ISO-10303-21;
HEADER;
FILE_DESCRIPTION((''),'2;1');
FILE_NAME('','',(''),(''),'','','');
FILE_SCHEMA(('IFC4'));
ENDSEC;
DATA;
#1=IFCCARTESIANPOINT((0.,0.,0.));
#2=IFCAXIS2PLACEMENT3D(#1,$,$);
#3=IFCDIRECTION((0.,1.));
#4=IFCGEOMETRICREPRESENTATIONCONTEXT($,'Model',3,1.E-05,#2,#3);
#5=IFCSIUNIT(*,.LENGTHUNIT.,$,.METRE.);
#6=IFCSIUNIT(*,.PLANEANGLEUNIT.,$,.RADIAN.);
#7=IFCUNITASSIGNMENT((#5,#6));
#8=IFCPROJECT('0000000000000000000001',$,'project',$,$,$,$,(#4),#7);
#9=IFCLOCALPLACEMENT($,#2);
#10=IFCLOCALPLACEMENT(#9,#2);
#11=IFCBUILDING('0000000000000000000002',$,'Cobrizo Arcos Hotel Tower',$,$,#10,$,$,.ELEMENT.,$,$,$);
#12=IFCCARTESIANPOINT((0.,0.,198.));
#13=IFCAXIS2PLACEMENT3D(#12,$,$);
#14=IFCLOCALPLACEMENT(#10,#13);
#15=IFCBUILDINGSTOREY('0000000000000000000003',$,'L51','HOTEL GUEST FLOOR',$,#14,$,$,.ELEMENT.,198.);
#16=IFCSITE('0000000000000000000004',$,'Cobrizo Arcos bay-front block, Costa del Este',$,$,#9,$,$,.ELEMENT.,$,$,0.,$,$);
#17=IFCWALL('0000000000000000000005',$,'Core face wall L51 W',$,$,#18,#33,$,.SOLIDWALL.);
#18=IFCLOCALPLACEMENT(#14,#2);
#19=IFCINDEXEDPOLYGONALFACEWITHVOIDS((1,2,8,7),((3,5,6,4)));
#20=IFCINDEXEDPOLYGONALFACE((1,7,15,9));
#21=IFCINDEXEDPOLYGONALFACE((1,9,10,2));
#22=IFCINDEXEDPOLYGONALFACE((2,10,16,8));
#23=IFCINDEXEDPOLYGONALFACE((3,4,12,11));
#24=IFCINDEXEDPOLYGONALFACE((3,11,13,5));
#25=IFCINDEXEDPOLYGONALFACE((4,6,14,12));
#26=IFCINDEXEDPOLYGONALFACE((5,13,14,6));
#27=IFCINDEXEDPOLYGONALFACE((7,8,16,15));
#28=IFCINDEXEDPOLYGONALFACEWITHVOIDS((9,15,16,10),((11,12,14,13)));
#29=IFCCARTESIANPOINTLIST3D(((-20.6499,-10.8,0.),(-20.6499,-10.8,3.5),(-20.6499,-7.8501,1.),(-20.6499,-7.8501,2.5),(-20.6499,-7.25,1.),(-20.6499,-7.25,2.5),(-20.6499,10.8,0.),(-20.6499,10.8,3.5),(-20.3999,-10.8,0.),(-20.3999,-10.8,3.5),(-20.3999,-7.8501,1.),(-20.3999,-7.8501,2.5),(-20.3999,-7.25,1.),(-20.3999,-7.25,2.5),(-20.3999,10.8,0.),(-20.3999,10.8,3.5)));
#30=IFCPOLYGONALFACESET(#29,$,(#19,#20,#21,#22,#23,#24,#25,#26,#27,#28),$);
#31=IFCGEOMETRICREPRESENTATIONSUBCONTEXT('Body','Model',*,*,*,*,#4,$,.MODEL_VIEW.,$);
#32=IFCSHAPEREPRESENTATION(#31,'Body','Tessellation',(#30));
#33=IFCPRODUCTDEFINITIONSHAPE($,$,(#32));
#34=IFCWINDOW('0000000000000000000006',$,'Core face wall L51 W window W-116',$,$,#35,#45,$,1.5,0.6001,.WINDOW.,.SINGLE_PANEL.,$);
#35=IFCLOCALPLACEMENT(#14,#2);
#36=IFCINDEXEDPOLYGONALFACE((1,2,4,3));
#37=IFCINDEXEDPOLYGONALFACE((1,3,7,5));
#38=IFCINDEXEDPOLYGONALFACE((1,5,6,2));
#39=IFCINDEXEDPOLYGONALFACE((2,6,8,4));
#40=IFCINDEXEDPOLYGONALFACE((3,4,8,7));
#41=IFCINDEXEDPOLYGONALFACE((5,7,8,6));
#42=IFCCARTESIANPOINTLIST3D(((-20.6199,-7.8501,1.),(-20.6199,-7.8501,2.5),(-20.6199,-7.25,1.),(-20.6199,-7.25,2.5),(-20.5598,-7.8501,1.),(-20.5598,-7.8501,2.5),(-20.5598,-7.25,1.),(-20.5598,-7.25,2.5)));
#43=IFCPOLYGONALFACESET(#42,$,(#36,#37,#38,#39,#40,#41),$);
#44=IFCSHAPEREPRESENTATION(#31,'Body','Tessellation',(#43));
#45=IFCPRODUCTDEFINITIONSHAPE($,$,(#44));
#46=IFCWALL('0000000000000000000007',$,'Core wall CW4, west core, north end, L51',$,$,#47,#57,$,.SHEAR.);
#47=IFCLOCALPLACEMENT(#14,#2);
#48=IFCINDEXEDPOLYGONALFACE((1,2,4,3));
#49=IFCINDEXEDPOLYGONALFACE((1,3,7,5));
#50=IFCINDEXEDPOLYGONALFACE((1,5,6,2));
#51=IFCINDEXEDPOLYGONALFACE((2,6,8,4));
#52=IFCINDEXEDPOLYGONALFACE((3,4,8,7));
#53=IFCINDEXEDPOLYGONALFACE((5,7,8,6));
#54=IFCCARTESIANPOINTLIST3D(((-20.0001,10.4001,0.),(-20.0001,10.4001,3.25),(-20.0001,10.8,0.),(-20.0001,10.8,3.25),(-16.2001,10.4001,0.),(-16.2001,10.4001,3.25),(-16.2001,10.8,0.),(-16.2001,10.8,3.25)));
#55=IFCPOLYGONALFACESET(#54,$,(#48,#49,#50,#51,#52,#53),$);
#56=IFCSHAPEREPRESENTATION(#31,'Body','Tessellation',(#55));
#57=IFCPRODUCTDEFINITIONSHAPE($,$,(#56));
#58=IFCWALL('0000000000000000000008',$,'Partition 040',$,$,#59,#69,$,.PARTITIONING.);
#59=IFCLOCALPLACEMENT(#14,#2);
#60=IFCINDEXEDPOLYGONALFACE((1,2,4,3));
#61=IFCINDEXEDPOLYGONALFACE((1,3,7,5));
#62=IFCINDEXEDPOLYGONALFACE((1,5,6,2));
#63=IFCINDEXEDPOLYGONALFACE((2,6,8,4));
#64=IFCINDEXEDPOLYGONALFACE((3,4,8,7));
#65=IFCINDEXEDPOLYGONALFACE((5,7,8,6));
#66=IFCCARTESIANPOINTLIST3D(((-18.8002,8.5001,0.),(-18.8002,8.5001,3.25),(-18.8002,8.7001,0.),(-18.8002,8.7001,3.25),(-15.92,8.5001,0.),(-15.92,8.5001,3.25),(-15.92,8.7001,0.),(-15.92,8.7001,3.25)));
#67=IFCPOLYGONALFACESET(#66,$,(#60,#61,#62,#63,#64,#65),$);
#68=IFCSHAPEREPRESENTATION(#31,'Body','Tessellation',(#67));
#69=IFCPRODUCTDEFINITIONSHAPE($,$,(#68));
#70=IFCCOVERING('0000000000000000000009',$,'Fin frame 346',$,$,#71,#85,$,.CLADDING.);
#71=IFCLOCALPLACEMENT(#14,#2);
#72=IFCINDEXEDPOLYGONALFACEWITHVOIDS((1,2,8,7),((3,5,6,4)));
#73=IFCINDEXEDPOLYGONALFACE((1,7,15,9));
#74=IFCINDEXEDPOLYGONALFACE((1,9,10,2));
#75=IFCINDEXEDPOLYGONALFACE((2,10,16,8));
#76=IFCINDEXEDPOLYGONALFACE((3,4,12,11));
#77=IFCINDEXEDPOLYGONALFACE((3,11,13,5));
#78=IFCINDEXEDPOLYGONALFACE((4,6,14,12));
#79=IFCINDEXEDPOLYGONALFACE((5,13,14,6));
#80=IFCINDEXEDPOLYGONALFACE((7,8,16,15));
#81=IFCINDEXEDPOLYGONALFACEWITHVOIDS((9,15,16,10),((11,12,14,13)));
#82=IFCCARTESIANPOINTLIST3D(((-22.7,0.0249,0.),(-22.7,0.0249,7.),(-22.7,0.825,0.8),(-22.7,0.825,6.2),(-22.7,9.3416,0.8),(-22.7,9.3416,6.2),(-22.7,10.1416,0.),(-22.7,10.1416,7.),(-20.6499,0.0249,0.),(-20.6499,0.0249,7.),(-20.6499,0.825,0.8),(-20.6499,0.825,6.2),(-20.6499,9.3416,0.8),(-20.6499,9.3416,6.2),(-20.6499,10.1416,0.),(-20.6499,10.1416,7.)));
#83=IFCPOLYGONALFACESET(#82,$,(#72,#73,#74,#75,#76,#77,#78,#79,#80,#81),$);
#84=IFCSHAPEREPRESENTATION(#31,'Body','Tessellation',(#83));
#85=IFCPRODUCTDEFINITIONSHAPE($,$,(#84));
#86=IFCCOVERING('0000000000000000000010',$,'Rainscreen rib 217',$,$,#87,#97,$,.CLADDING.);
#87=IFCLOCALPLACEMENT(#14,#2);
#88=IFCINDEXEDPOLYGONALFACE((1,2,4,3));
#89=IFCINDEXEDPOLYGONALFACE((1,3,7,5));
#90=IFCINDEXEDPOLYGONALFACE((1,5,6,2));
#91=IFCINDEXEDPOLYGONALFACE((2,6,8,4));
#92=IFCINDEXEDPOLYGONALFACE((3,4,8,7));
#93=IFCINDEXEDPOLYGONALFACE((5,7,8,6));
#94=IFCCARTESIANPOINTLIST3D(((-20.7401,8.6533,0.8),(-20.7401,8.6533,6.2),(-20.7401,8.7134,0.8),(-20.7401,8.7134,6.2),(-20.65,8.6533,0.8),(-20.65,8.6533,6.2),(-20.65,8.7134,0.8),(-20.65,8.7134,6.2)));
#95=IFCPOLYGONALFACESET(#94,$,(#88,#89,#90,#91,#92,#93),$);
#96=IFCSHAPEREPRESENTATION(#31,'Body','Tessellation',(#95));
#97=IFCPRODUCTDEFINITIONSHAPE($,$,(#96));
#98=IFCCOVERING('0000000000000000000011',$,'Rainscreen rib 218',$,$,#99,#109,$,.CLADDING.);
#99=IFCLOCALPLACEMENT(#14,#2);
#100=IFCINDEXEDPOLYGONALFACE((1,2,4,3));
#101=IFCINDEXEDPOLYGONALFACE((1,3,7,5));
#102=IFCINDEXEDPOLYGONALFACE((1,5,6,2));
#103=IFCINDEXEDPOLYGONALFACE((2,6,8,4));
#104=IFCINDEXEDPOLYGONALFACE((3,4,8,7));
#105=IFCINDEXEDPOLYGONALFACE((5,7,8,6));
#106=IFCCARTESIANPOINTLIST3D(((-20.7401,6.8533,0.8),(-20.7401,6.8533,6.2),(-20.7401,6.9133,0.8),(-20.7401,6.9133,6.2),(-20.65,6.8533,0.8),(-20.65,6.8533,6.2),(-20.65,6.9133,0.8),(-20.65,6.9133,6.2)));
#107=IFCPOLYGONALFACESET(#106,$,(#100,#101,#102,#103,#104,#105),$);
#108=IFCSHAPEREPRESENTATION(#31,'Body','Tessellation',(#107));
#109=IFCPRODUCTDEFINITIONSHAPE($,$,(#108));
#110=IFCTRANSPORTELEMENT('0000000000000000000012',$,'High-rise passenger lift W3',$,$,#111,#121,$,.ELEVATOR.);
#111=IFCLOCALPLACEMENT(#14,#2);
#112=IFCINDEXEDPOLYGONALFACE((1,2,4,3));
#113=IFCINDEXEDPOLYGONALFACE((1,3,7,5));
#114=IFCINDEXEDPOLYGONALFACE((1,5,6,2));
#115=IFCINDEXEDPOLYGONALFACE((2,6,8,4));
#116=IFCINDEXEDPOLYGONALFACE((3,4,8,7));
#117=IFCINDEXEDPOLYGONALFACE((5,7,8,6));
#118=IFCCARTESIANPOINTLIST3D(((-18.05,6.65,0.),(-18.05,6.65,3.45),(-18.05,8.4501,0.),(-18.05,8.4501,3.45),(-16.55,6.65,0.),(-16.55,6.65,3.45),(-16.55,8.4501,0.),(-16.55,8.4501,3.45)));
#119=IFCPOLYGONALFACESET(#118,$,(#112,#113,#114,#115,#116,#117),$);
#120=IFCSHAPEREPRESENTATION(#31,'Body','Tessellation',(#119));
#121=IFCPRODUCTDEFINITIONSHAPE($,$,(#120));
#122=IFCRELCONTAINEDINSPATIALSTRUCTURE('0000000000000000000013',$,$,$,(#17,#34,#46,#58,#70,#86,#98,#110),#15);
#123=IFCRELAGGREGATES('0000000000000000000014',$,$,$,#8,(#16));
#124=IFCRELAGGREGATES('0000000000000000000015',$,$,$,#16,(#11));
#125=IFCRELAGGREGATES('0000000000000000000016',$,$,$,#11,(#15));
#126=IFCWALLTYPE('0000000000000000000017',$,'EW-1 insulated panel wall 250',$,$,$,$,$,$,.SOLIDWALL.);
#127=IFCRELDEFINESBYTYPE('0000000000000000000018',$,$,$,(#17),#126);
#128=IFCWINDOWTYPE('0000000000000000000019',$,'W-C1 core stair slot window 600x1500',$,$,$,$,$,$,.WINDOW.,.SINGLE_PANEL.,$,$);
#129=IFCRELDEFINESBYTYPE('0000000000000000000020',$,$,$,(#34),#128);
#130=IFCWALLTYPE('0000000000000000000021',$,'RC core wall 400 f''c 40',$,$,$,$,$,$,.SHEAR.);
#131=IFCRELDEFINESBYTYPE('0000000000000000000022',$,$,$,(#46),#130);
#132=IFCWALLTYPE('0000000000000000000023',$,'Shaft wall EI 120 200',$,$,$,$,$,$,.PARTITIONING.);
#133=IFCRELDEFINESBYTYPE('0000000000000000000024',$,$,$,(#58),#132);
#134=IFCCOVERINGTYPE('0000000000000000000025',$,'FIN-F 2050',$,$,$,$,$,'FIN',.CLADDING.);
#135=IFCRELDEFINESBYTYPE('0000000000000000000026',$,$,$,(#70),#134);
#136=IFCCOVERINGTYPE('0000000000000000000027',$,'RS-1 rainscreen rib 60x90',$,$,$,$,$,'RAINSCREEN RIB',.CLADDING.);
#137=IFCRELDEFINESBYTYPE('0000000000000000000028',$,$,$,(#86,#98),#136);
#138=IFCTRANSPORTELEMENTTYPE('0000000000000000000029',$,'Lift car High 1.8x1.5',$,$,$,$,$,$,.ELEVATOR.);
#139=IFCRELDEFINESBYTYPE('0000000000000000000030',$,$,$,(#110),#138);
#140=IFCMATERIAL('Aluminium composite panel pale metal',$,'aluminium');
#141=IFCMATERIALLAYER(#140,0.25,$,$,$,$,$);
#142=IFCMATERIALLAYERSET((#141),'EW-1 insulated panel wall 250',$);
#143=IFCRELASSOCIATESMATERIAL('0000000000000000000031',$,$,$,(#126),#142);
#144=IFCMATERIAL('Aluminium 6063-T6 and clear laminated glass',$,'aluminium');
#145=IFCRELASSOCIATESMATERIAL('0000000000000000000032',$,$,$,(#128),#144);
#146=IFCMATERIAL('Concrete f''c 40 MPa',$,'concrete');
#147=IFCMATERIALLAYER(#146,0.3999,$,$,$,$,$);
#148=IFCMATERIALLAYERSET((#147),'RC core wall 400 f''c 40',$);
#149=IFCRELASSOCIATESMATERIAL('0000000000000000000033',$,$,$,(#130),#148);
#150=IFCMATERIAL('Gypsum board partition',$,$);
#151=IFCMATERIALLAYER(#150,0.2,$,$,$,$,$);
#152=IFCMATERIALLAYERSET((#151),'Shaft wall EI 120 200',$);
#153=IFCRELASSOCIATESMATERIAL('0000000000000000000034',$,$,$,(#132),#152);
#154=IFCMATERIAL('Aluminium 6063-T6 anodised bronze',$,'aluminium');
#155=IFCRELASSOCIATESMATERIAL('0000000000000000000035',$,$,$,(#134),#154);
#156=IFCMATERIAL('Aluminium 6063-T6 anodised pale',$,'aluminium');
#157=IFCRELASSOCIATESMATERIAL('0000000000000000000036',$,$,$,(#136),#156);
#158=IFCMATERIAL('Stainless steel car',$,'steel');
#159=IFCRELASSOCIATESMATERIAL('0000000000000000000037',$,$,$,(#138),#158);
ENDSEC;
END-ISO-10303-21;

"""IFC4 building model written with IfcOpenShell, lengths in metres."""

from ifc_helpers import new_model, si_unit, direction, frame, frame_2d, origin, origin_2d, place, context, subcontext, project, spatial, polyline, rectangle, outline, extrude, material, layer, layer_set, type_object, element, fill, save


model = new_model("IFC4")

# Units and contexts
model_context = context("Model", 3, precision=1e-05, world=origin(), true_north=direction((0.0, 1.0)))
body_context = subcontext(model_context, "Body", "Model", "MODEL_VIEW")
ifc_project = project(units=[si_unit("LENGTHUNIT", "METRE"), si_unit("PLANEANGLEUNIT", "RADIAN")], contexts=[model_context])

# Site, building, storey
site_placement = place(None, origin())
site = spatial("IfcSite", under=ifc_project, at=site_placement, Name="Cobrizo Arcos bay-front block, Costa del Este", CompositionType="ELEMENT", RefElevation=0.0)
building_placement = place(site_placement, origin())
building = spatial("IfcBuilding", under=site, at=building_placement, Name="Cobrizo Arcos Hotel Tower", CompositionType="ELEMENT")
storey_placement = place(building_placement, frame((0.0, 0.0, 198.0)))
storey = spatial("IfcBuildingStorey", under=building, at=storey_placement, Name="L51", Description="HOTEL GUEST FLOOR", CompositionType="ELEMENT", Elevation=198.0)

# Shared definitions
ifc_material_1 = material(Name="Aluminium 6063-T6 anodised bronze", Category="aluminium")

# Shared definitions
ifc_material_2 = material(Name="Gypsum board partition")

# Wall, opening, window
ifc_material_3 = material(Name="Aluminium composite panel pale metal", Category="aluminium")
ifc_layer_1 = layer(ifc_material_3, 0.25)
ifc_layer_set_1 = layer_set([ifc_layer_1], Name="EW-1 insulated panel wall 250")
wall_type_1 = type_object("IfcWallType", Name="EW-1 insulated panel wall 250", PredefinedType="SOLIDWALL", material=ifc_layer_set_1)
wall_1_placement = place(storey_placement, frame((-20.5249, 10.8, 0.0), z_axis=(0.0, 0.0, 1.0), x_axis=(0.0, -1.0, 0.0)))
wall_1 = element("IfcWall", 1, at=wall_1_placement, inside=storey, type_object=wall_type_1, Name="Core face wall L51 W", PredefinedType="SOLIDWALL", context=body_context, shape_type="SweptSolid", body=[
    extrude(rectangle(XDim=21.6001, YDim=0.25, at=frame_2d((10.8, 0.0))), origin(), (0.0, 0.0, 1.0), 3.5),
])
opening_1_placement = place(wall_1_placement, frame((18.05, 0.0, 1.0)))
opening_1 = element("IfcOpeningElement", 2, at=opening_1_placement, cuts=wall_1, PredefinedType="OPENING", context=body_context, shape_type="SweptSolid", body=[
    extrude(rectangle(XDim=0.6001, YDim=1.5, at=frame_2d((0.3, 0.75))), frame((0.0, 0.137, 0.0), z_axis=(0.0, -1.0, 0.0), x_axis=(1.0, 0.0, 0.0)), (0.0, 0.0, 1.0), 0.2739),
])
ifc_material_4 = material(Name="Aluminium 6063-T6 and clear laminated glass", Category="aluminium")
window_type = type_object("IfcWindowType", Name="W-C1 core stair slot window 600x1500", PartitioningType="SINGLE_PANEL", PredefinedType="WINDOW", material=ifc_material_4)
window_placement = place(opening_1_placement, origin())
window = element("IfcWindow", 3, at=window_placement, inside=storey, type_object=window_type, Name="Core face wall L51 W window W-116", OverallHeight=1.5, OverallWidth=0.6001, PartitioningType="SINGLE_PANEL", PredefinedType="WINDOW", context=body_context, shape_type="SweptSolid", body=[
    extrude(rectangle(XDim=0.6001, YDim=1.5, at=frame_2d((0.3, 0.75))), frame((0.0, -0.0349, 0.0), z_axis=(0.0, -1.0, 0.0), x_axis=(1.0, 0.0, 0.0)), (0.0, 0.0, 1.0), 0.0601),
])
fill(opening_1, window)

# Walls
ifc_material_5 = material(Name="Concrete f'c 40 MPa", Category="concrete")
ifc_layer_2 = layer(ifc_material_5, 0.3999)
ifc_layer_set_2 = layer_set([ifc_layer_2], Name="RC core wall 400 f'c 40")
wall_type_2 = type_object("IfcWallType", Name="RC core wall 400 f'c 40", PredefinedType="SHEAR", material=ifc_layer_set_2)
wall_2_placement = place(storey_placement, frame((-20.0, 10.6001, 0.0), z_axis=(0.0, 0.0, 1.0), x_axis=(1.0, 0.0, 0.0)))
element("IfcWall", 4, at=wall_2_placement, inside=storey, type_object=wall_type_2, Name="Core wall CW4, west core, north end, L51", PredefinedType="SHEAR", context=body_context, shape_type="SweptSolid", body=[
    extrude(rectangle(XDim=3.8, YDim=0.3999, at=frame_2d((1.8999, 0.0))), origin(), (0.0, 0.0, 1.0), 3.25),
])
ifc_layer_3 = layer(ifc_material_2, 0.2)
ifc_layer_set_3 = layer_set([ifc_layer_3], Name="Shaft wall EI 120 200")
wall_type_3 = type_object("IfcWallType", Name="Shaft wall EI 120 200", PredefinedType="PARTITIONING", material=ifc_layer_set_3)
wall_3_placement = place(storey_placement, frame((-18.8, 8.6001, 0.0), z_axis=(0.0, 0.0, 1.0), x_axis=(1.0, 0.0, 0.0)))
element("IfcWall", 5, at=wall_3_placement, inside=storey, type_object=wall_type_3, Name="Partition 040", PredefinedType="PARTITIONING", context=body_context, shape_type="SweptSolid", body=[
    extrude(rectangle(XDim=2.8801, YDim=0.2, at=frame_2d((1.4399, 0.0))), origin(), (0.0, 0.0, 1.0), 3.25),
])

# Coverings
covering_type_1 = type_object("IfcCoveringType", Name="FIN-F 2050", ElementType="FIN", PredefinedType="CLADDING", material=ifc_material_1)
covering_placement = place(storey_placement, frame((-20.6499, 10.1416, 0.0), z_axis=(-1.0, 0.0, 0.0), x_axis=(0.0, -1.0, 0.0)))
element("IfcCovering", 6, at=covering_placement, inside=storey, type_object=covering_type_1, Name="Fin frame 346", PredefinedType="CLADDING", context=body_context, shape_type="SweptSolid", body=[
    extrude(outline(polyline([(0.0, 7.0), (0.0, 0.0), (10.1167, 0.0), (10.1167, 7.0), (0.0, 7.0)]), holes=[polyline([(9.3167, 0.8), (0.8, 0.8), (0.8, 6.2), (9.3167, 6.2), (9.3167, 0.8)])]), origin(), (0.0, 0.0, 1.0), 2.05),
])
ifc_material_6 = material(Name="Aluminium 6063-T6 anodised pale", Category="aluminium")
covering_type_2 = type_object("IfcCoveringType", Name="RS-1 rainscreen rib 60x90", ElementType="RAINSCREEN RIB", PredefinedType="CLADDING", material=ifc_material_6)
for number, where, z_axis, x_axis, name in (
    (7, (-20.6951, 8.6833, 0.8), (0.0, 0.0, 1.0), (0.0, -1.0, 0.0), "Rainscreen rib 217"),
    (8, (-20.6951, 6.8833, 0.8), (0.0, 0.0, 1.0), (0.0, -1.0, 0.0), "Rainscreen rib 218"),
):
    element("IfcCovering", number, at=place(storey_placement, frame(where, z_axis=z_axis, x_axis=x_axis)), inside=storey, type_object=covering_type_2, Name=name, PredefinedType="CLADDING", context=body_context, shape_type="SweptSolid", body=[
        extrude(rectangle(XDim=0.0601, YDim=0.0901, at=origin_2d()), origin(), (0.0, 0.0, 1.0), 5.3999),
    ])

# Transport element
ifc_material_7 = material(Name="Stainless steel car", Category="steel")
transport_element_type = type_object("IfcTransportElementType", Name="Lift car High 1.8x1.5", PredefinedType="ELEVATOR", material=ifc_material_7)
transport_element_placement = place(storey_placement, frame((-17.3, 7.55, 0.0), z_axis=(0.0, 0.0, 1.0), x_axis=(1.0, 0.0, 0.0)))
element("IfcTransportElement", 9, at=transport_element_placement, inside=storey, type_object=transport_element_type, Name="High-rise passenger lift W3", PredefinedType="ELEVATOR", context=body_context, shape_type="SweptSolid", body=[
    extrude(rectangle(XDim=1.5, YDim=1.8, at=origin_2d()), origin(), (0.0, 0.0, 1.0), 3.45),
])

save(model, "model.ifc")
